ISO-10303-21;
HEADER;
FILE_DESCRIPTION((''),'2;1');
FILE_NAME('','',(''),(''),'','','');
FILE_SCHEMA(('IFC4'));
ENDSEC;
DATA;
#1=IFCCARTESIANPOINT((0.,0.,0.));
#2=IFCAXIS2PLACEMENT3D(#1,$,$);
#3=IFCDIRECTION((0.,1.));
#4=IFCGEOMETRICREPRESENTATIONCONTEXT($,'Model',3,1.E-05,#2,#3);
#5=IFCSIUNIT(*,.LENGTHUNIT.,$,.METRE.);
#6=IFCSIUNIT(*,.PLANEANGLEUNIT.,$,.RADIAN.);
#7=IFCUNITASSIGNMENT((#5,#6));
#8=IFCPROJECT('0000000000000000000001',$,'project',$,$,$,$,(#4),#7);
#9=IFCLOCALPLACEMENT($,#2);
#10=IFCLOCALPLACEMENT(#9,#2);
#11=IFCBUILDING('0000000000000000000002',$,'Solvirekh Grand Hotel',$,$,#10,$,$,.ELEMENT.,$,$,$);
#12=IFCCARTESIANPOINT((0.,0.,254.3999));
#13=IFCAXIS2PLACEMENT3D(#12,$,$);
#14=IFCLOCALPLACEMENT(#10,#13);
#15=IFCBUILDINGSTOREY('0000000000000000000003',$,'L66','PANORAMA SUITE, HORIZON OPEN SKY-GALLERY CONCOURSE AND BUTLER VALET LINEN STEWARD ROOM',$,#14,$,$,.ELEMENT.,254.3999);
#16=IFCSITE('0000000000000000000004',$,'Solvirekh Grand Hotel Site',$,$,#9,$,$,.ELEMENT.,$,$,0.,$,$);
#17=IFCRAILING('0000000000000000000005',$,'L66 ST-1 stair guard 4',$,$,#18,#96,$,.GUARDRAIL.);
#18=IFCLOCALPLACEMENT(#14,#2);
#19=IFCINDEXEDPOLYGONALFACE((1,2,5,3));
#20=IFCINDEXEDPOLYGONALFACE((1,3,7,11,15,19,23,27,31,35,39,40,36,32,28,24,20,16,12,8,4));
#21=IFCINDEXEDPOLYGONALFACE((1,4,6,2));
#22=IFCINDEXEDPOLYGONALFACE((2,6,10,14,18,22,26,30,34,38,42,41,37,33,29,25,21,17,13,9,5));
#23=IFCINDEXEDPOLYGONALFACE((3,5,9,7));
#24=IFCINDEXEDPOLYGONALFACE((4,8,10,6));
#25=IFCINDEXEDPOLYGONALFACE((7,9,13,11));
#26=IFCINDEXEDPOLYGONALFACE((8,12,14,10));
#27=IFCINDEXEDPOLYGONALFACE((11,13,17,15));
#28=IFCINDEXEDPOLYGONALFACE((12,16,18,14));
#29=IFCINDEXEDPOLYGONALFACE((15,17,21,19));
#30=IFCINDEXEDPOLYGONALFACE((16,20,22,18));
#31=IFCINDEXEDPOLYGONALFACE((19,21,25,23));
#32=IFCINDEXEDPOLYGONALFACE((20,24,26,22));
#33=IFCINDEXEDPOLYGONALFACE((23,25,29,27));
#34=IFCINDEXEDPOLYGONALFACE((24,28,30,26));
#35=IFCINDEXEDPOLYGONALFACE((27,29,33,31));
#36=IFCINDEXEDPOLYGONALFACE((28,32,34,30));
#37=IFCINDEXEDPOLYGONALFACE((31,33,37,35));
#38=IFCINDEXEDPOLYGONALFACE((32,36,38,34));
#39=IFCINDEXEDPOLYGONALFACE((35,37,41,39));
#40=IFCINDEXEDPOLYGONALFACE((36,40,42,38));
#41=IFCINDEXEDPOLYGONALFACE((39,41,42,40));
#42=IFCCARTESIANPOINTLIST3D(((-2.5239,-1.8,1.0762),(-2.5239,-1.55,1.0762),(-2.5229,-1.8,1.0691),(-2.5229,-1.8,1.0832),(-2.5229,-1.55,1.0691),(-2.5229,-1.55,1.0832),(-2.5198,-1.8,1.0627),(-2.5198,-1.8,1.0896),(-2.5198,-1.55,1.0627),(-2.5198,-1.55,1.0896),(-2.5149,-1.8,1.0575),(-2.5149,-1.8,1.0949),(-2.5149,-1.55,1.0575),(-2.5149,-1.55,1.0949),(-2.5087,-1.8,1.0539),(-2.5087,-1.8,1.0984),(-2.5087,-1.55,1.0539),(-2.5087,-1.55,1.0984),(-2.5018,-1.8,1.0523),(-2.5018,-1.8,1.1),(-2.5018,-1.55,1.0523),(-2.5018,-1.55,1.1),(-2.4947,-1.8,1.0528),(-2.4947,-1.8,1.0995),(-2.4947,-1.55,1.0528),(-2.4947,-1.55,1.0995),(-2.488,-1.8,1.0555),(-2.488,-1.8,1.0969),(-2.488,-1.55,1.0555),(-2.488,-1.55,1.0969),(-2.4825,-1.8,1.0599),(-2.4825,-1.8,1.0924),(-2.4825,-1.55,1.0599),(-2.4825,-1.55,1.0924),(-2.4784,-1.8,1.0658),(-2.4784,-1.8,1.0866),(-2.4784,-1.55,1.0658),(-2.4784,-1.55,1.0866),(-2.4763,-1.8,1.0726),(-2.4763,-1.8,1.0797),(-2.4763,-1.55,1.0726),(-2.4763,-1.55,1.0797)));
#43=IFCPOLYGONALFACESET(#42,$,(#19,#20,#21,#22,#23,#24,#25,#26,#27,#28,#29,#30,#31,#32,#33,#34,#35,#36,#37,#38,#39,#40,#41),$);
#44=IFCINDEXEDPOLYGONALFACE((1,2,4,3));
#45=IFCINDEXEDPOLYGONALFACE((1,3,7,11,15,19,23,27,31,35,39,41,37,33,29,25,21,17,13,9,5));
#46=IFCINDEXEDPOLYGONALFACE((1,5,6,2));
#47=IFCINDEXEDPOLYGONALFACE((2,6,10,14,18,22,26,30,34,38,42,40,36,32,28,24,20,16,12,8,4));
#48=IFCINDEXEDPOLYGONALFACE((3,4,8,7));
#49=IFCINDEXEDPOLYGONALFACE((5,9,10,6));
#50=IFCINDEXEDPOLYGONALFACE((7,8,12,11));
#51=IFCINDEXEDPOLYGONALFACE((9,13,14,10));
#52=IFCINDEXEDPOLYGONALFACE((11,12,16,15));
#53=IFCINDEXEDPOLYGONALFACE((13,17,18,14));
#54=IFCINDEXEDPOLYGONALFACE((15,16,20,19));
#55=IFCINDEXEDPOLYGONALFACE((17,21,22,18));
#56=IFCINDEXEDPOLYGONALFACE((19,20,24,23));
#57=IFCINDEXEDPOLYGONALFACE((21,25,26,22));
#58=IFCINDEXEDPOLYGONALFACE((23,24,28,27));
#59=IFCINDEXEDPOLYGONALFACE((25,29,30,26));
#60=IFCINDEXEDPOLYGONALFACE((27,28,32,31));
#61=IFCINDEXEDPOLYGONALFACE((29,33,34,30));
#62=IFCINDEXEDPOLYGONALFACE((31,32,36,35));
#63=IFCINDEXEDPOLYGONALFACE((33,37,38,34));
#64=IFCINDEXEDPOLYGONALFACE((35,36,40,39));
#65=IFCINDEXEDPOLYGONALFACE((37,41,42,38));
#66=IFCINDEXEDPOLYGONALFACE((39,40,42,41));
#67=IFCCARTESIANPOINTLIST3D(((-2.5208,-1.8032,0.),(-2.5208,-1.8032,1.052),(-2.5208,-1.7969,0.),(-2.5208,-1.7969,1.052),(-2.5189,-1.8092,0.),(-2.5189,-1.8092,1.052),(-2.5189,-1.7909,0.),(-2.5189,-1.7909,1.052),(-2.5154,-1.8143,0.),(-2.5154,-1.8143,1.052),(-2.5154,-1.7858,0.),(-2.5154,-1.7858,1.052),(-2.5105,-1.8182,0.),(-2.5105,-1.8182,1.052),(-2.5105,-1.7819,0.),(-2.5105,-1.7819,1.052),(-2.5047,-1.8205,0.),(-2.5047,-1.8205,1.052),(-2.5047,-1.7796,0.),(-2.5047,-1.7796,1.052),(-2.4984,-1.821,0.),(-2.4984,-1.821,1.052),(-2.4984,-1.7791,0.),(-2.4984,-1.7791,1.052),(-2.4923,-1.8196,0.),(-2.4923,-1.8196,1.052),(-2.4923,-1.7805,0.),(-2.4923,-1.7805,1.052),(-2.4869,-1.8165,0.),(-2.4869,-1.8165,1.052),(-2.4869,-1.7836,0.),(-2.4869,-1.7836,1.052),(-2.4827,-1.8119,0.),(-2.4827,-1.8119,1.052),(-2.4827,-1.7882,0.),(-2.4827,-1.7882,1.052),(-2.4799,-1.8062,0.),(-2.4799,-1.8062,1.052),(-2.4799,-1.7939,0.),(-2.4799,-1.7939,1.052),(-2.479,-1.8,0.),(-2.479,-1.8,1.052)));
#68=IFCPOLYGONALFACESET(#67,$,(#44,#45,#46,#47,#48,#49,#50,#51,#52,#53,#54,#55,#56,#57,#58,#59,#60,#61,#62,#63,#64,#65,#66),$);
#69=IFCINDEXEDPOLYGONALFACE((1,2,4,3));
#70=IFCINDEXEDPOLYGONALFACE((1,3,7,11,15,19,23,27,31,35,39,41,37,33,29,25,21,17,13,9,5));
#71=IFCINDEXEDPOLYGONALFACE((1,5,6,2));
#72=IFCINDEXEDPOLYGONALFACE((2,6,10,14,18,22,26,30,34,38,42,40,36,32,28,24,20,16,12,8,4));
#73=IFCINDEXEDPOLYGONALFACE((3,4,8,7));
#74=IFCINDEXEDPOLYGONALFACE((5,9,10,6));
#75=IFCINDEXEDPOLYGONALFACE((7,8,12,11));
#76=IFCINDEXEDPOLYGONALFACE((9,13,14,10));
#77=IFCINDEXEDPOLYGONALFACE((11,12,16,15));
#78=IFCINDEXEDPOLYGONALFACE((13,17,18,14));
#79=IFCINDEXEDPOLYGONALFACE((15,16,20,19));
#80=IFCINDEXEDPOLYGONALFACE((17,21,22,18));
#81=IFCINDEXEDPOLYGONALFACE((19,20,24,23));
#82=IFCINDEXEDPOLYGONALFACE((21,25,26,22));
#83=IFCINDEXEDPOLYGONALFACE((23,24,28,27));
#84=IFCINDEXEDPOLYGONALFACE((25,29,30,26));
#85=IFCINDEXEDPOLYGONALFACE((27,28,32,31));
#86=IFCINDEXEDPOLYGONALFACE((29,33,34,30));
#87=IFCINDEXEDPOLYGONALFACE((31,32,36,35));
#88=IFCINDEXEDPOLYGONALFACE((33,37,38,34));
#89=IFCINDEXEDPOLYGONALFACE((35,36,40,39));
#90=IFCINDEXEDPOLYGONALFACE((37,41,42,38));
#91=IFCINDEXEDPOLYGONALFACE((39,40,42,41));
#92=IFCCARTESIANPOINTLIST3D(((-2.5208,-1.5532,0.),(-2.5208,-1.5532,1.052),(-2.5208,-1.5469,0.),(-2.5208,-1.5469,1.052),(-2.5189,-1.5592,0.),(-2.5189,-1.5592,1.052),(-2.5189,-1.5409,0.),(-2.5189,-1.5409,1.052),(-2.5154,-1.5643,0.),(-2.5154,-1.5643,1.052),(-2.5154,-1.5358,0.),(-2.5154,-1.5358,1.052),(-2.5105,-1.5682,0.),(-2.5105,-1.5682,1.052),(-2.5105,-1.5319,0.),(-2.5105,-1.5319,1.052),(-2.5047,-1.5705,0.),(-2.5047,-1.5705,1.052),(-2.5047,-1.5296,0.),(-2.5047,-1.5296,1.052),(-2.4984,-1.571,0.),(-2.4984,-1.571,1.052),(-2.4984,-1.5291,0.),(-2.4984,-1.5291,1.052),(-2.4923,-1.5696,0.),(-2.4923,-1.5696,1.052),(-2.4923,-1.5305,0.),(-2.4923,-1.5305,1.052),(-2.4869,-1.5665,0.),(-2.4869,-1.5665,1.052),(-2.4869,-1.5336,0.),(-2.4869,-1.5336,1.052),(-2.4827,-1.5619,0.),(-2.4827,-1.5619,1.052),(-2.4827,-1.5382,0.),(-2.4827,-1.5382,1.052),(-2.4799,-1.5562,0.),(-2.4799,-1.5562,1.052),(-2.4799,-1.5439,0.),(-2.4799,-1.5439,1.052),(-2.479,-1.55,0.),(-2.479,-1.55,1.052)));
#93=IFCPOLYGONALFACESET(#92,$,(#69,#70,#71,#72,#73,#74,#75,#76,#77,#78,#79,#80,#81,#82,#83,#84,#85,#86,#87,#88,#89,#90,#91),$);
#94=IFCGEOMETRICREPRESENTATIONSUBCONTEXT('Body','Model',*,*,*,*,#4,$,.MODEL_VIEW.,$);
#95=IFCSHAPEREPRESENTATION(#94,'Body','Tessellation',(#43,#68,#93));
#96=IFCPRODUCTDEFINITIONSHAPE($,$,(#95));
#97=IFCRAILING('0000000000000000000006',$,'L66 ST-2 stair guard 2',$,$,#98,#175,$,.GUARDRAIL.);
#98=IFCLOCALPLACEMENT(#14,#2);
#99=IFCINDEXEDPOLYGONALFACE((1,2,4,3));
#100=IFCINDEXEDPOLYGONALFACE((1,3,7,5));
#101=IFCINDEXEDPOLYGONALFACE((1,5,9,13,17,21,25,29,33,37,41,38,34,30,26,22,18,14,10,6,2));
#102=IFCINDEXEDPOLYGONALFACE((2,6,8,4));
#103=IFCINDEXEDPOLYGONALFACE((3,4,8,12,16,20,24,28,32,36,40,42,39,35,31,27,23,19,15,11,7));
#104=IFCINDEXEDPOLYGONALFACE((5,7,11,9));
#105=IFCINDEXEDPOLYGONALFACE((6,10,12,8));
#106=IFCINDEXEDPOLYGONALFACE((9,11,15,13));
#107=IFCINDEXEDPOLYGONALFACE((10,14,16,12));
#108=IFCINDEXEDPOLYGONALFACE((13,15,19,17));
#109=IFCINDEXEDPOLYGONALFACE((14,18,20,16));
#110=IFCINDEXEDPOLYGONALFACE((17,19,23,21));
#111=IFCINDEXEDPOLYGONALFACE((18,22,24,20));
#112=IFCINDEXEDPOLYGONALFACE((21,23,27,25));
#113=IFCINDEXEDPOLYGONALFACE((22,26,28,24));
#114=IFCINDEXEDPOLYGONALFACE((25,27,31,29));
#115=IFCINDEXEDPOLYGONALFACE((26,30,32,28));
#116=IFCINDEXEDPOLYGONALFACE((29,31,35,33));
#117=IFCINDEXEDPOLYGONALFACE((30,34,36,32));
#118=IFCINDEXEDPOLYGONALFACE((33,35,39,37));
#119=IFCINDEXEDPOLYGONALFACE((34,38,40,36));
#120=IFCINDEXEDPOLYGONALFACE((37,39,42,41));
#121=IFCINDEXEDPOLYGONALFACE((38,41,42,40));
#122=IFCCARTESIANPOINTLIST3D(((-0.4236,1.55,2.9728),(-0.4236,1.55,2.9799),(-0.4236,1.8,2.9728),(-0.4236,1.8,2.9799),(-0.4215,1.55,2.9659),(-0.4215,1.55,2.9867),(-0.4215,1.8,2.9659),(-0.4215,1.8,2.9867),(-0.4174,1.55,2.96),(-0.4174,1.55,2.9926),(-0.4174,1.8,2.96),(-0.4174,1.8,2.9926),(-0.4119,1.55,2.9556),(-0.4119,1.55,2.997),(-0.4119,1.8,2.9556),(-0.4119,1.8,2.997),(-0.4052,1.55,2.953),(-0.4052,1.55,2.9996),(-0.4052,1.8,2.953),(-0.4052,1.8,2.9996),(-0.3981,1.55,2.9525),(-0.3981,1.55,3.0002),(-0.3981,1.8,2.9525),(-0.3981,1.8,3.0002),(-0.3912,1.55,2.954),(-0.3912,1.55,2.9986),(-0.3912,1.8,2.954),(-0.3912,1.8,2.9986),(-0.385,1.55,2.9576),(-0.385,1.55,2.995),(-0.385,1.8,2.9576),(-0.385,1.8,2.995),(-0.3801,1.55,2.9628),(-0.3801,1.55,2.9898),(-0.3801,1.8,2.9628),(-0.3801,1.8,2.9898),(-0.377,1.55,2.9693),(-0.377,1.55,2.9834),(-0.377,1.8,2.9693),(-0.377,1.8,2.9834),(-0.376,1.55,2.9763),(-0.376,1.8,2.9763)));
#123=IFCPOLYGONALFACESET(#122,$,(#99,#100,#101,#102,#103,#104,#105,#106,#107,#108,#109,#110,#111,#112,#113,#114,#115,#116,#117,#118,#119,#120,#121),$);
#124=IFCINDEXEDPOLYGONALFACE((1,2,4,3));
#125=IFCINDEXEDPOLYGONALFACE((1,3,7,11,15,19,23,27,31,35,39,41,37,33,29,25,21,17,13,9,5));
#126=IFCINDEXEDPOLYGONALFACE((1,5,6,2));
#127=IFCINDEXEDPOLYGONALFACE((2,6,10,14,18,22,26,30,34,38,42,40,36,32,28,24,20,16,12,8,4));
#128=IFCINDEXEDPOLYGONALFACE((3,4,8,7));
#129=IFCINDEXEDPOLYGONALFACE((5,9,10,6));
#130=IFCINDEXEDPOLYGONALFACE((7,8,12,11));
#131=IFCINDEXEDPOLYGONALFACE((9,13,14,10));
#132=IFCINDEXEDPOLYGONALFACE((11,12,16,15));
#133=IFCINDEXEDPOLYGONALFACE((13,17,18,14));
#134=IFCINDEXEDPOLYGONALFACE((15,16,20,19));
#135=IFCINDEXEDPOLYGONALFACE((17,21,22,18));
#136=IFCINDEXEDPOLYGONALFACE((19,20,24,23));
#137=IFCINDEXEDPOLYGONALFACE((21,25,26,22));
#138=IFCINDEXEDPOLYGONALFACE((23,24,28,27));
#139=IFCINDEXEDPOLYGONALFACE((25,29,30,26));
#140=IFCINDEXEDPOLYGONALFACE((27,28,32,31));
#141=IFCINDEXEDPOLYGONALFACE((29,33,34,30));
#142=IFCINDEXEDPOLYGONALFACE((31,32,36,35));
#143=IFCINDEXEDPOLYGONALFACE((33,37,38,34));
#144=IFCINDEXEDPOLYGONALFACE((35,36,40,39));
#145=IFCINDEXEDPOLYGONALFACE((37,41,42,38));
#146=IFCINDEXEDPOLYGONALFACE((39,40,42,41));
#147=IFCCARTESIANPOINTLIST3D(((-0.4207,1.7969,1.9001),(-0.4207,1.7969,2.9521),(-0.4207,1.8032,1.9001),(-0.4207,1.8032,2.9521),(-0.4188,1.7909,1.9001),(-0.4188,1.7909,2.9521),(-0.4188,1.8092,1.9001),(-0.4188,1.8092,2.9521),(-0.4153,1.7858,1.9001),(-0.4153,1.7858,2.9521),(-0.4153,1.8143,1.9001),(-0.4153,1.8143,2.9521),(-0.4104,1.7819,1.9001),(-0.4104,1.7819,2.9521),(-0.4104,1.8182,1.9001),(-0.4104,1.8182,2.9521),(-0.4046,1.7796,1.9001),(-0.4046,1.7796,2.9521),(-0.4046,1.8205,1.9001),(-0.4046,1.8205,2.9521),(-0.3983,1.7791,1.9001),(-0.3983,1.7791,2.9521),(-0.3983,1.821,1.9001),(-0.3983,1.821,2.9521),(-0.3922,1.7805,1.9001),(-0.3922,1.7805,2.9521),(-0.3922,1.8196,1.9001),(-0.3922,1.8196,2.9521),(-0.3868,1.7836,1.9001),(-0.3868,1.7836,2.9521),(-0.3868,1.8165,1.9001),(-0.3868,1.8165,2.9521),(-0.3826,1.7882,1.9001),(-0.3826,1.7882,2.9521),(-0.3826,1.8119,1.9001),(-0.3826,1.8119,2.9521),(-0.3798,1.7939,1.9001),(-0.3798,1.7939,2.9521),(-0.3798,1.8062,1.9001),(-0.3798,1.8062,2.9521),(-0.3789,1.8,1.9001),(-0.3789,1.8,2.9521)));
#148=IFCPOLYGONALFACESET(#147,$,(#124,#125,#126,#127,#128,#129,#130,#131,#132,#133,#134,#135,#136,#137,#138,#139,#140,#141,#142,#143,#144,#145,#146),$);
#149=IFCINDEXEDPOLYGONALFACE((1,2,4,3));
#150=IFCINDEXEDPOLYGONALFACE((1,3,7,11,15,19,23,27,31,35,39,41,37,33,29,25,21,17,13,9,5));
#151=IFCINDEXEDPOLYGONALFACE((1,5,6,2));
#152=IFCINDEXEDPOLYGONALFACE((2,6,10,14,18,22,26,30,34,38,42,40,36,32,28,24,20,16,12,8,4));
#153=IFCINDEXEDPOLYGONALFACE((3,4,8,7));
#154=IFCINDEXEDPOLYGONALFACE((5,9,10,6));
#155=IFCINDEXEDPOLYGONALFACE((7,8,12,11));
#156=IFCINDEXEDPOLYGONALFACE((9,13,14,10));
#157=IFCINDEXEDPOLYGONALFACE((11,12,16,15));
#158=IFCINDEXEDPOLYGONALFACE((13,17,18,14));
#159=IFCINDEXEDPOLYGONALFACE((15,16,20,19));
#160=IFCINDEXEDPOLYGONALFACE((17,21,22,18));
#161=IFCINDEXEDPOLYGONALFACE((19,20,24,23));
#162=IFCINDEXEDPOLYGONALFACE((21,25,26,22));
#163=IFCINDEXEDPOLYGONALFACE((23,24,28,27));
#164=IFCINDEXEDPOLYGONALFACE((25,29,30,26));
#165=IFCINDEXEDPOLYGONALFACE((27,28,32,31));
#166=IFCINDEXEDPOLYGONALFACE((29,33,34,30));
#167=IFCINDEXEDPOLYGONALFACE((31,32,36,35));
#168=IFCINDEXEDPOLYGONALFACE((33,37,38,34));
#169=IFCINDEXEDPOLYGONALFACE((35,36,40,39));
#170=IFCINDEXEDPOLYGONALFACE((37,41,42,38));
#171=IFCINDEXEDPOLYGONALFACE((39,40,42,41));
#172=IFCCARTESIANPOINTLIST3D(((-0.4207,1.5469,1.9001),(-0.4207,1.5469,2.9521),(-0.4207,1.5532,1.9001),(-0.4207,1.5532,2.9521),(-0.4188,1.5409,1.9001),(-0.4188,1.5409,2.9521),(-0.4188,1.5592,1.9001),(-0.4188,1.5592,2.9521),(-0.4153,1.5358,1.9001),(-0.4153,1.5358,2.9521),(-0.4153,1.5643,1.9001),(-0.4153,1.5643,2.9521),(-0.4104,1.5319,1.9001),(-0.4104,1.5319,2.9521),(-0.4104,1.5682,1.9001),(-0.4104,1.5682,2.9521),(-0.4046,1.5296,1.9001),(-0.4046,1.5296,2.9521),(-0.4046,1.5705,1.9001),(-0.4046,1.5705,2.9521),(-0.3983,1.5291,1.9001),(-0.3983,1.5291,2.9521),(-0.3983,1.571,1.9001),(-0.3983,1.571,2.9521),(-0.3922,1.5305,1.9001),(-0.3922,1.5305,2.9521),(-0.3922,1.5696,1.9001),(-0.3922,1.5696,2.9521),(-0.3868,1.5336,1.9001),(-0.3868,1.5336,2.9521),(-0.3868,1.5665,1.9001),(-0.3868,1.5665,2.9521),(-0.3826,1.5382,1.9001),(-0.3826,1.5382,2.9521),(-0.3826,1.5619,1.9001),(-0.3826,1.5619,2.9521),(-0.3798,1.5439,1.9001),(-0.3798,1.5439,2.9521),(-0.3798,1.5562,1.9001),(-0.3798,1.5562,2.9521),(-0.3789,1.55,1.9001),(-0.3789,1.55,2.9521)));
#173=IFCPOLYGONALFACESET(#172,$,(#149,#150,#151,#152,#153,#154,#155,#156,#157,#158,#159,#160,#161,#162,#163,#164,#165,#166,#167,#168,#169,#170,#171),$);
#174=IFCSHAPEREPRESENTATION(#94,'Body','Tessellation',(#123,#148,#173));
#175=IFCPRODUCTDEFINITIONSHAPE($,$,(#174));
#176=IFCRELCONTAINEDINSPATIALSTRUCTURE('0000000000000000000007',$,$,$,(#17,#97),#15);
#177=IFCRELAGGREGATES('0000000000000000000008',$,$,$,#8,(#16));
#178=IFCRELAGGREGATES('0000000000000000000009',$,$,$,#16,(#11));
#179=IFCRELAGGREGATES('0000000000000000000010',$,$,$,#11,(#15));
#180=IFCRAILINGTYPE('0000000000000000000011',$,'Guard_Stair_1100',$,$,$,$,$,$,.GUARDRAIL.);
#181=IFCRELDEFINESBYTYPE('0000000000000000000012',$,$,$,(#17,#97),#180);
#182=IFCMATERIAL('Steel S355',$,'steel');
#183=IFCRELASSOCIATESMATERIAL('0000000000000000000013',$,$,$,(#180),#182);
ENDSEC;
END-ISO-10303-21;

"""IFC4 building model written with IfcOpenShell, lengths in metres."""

from ifc_helpers import new_model, si_unit, direction, frame, origin, origin_2d, place, context, subcontext, project, spatial, circle, extrude, material, type_object, element, save


model = new_model("IFC4")

# Units and contexts
model_context = context("Model", 3, precision=1e-05, world=origin(), true_north=direction((0.0, 1.0)))
body_context = subcontext(model_context, "Body", "Model", "MODEL_VIEW")
ifc_project = project(units=[si_unit("LENGTHUNIT", "METRE"), si_unit("PLANEANGLEUNIT", "RADIAN")], contexts=[model_context])

# Site, building, storey
site_placement = place(None, origin())
site = spatial("IfcSite", under=ifc_project, at=site_placement, Name="Solvirekh Grand Hotel Site", CompositionType="ELEMENT", RefElevation=0.0)
building_placement = place(site_placement, origin())
building = spatial("IfcBuilding", under=site, at=building_placement, Name="Solvirekh Grand Hotel", CompositionType="ELEMENT")
storey_placement = place(building_placement, frame((0.0, 0.0, 254.3999)))
storey = spatial("IfcBuildingStorey", under=building, at=storey_placement, Name="L66", Description="PANORAMA SUITE, HORIZON OPEN SKY-GALLERY CONCOURSE AND BUTLER VALET LINEN STEWARD ROOM", CompositionType="ELEMENT", Elevation=254.3999)

# Shared definitions
ifc_material_1 = material(Name="Steel S355", Category="steel")

# Railings
railing_type_1 = type_object("IfcRailingType", Name="Guard_Stair_1100", PredefinedType="GUARDRAIL", material=ifc_material_1)
railing_1_placement = place(storey_placement, frame((-2.5, -1.8, 0.0)))
element("IfcRailing", 1, at=railing_1_placement, inside=storey, type_object=railing_type_1, Name="L66 ST-1 stair guard 4", PredefinedType="GUARDRAIL", context=body_context, shape_type="SweptSolid", body=[
    extrude(circle(Radius=0.0239, at=origin_2d()), frame((0.0, 0.0, 1.0762), z_axis=(0.0, 1.0, 0.0), x_axis=(-1.0, 0.0, 0.0)), (0.0, 0.0, 1.0), 0.25),
    extrude(circle(Radius=0.021, at=origin_2d()), origin(), (0.0, 0.0, 1.0), 1.052),
    extrude(circle(Radius=0.021, at=origin_2d()), frame((0.0, 0.25, 0.0)), (0.0, 0.0, 1.0), 1.052),
])
railing_2_placement = place(storey_placement, frame((-0.3999, 1.8, 1.9001)))
element("IfcRailing", 2, at=railing_2_placement, inside=storey, type_object=railing_type_1, Name="L66 ST-2 stair guard 2", PredefinedType="GUARDRAIL", context=body_context, shape_type="SweptSolid", body=[
    extrude(circle(Radius=0.0239, at=origin_2d()), frame((0.0, 0.0, 1.0762), z_axis=(0.0, -1.0, 0.0), x_axis=(1.0, 0.0, 0.0)), (0.0, 0.0, 1.0), 0.25),
    extrude(circle(Radius=0.021, at=origin_2d()), origin(), (0.0, 0.0, 1.0), 1.052),
    extrude(circle(Radius=0.021, at=origin_2d()), frame((0.0, -0.25, 0.0)), (0.0, 0.0, 1.0), 1.052),
])

save(model, "model.ifc")
